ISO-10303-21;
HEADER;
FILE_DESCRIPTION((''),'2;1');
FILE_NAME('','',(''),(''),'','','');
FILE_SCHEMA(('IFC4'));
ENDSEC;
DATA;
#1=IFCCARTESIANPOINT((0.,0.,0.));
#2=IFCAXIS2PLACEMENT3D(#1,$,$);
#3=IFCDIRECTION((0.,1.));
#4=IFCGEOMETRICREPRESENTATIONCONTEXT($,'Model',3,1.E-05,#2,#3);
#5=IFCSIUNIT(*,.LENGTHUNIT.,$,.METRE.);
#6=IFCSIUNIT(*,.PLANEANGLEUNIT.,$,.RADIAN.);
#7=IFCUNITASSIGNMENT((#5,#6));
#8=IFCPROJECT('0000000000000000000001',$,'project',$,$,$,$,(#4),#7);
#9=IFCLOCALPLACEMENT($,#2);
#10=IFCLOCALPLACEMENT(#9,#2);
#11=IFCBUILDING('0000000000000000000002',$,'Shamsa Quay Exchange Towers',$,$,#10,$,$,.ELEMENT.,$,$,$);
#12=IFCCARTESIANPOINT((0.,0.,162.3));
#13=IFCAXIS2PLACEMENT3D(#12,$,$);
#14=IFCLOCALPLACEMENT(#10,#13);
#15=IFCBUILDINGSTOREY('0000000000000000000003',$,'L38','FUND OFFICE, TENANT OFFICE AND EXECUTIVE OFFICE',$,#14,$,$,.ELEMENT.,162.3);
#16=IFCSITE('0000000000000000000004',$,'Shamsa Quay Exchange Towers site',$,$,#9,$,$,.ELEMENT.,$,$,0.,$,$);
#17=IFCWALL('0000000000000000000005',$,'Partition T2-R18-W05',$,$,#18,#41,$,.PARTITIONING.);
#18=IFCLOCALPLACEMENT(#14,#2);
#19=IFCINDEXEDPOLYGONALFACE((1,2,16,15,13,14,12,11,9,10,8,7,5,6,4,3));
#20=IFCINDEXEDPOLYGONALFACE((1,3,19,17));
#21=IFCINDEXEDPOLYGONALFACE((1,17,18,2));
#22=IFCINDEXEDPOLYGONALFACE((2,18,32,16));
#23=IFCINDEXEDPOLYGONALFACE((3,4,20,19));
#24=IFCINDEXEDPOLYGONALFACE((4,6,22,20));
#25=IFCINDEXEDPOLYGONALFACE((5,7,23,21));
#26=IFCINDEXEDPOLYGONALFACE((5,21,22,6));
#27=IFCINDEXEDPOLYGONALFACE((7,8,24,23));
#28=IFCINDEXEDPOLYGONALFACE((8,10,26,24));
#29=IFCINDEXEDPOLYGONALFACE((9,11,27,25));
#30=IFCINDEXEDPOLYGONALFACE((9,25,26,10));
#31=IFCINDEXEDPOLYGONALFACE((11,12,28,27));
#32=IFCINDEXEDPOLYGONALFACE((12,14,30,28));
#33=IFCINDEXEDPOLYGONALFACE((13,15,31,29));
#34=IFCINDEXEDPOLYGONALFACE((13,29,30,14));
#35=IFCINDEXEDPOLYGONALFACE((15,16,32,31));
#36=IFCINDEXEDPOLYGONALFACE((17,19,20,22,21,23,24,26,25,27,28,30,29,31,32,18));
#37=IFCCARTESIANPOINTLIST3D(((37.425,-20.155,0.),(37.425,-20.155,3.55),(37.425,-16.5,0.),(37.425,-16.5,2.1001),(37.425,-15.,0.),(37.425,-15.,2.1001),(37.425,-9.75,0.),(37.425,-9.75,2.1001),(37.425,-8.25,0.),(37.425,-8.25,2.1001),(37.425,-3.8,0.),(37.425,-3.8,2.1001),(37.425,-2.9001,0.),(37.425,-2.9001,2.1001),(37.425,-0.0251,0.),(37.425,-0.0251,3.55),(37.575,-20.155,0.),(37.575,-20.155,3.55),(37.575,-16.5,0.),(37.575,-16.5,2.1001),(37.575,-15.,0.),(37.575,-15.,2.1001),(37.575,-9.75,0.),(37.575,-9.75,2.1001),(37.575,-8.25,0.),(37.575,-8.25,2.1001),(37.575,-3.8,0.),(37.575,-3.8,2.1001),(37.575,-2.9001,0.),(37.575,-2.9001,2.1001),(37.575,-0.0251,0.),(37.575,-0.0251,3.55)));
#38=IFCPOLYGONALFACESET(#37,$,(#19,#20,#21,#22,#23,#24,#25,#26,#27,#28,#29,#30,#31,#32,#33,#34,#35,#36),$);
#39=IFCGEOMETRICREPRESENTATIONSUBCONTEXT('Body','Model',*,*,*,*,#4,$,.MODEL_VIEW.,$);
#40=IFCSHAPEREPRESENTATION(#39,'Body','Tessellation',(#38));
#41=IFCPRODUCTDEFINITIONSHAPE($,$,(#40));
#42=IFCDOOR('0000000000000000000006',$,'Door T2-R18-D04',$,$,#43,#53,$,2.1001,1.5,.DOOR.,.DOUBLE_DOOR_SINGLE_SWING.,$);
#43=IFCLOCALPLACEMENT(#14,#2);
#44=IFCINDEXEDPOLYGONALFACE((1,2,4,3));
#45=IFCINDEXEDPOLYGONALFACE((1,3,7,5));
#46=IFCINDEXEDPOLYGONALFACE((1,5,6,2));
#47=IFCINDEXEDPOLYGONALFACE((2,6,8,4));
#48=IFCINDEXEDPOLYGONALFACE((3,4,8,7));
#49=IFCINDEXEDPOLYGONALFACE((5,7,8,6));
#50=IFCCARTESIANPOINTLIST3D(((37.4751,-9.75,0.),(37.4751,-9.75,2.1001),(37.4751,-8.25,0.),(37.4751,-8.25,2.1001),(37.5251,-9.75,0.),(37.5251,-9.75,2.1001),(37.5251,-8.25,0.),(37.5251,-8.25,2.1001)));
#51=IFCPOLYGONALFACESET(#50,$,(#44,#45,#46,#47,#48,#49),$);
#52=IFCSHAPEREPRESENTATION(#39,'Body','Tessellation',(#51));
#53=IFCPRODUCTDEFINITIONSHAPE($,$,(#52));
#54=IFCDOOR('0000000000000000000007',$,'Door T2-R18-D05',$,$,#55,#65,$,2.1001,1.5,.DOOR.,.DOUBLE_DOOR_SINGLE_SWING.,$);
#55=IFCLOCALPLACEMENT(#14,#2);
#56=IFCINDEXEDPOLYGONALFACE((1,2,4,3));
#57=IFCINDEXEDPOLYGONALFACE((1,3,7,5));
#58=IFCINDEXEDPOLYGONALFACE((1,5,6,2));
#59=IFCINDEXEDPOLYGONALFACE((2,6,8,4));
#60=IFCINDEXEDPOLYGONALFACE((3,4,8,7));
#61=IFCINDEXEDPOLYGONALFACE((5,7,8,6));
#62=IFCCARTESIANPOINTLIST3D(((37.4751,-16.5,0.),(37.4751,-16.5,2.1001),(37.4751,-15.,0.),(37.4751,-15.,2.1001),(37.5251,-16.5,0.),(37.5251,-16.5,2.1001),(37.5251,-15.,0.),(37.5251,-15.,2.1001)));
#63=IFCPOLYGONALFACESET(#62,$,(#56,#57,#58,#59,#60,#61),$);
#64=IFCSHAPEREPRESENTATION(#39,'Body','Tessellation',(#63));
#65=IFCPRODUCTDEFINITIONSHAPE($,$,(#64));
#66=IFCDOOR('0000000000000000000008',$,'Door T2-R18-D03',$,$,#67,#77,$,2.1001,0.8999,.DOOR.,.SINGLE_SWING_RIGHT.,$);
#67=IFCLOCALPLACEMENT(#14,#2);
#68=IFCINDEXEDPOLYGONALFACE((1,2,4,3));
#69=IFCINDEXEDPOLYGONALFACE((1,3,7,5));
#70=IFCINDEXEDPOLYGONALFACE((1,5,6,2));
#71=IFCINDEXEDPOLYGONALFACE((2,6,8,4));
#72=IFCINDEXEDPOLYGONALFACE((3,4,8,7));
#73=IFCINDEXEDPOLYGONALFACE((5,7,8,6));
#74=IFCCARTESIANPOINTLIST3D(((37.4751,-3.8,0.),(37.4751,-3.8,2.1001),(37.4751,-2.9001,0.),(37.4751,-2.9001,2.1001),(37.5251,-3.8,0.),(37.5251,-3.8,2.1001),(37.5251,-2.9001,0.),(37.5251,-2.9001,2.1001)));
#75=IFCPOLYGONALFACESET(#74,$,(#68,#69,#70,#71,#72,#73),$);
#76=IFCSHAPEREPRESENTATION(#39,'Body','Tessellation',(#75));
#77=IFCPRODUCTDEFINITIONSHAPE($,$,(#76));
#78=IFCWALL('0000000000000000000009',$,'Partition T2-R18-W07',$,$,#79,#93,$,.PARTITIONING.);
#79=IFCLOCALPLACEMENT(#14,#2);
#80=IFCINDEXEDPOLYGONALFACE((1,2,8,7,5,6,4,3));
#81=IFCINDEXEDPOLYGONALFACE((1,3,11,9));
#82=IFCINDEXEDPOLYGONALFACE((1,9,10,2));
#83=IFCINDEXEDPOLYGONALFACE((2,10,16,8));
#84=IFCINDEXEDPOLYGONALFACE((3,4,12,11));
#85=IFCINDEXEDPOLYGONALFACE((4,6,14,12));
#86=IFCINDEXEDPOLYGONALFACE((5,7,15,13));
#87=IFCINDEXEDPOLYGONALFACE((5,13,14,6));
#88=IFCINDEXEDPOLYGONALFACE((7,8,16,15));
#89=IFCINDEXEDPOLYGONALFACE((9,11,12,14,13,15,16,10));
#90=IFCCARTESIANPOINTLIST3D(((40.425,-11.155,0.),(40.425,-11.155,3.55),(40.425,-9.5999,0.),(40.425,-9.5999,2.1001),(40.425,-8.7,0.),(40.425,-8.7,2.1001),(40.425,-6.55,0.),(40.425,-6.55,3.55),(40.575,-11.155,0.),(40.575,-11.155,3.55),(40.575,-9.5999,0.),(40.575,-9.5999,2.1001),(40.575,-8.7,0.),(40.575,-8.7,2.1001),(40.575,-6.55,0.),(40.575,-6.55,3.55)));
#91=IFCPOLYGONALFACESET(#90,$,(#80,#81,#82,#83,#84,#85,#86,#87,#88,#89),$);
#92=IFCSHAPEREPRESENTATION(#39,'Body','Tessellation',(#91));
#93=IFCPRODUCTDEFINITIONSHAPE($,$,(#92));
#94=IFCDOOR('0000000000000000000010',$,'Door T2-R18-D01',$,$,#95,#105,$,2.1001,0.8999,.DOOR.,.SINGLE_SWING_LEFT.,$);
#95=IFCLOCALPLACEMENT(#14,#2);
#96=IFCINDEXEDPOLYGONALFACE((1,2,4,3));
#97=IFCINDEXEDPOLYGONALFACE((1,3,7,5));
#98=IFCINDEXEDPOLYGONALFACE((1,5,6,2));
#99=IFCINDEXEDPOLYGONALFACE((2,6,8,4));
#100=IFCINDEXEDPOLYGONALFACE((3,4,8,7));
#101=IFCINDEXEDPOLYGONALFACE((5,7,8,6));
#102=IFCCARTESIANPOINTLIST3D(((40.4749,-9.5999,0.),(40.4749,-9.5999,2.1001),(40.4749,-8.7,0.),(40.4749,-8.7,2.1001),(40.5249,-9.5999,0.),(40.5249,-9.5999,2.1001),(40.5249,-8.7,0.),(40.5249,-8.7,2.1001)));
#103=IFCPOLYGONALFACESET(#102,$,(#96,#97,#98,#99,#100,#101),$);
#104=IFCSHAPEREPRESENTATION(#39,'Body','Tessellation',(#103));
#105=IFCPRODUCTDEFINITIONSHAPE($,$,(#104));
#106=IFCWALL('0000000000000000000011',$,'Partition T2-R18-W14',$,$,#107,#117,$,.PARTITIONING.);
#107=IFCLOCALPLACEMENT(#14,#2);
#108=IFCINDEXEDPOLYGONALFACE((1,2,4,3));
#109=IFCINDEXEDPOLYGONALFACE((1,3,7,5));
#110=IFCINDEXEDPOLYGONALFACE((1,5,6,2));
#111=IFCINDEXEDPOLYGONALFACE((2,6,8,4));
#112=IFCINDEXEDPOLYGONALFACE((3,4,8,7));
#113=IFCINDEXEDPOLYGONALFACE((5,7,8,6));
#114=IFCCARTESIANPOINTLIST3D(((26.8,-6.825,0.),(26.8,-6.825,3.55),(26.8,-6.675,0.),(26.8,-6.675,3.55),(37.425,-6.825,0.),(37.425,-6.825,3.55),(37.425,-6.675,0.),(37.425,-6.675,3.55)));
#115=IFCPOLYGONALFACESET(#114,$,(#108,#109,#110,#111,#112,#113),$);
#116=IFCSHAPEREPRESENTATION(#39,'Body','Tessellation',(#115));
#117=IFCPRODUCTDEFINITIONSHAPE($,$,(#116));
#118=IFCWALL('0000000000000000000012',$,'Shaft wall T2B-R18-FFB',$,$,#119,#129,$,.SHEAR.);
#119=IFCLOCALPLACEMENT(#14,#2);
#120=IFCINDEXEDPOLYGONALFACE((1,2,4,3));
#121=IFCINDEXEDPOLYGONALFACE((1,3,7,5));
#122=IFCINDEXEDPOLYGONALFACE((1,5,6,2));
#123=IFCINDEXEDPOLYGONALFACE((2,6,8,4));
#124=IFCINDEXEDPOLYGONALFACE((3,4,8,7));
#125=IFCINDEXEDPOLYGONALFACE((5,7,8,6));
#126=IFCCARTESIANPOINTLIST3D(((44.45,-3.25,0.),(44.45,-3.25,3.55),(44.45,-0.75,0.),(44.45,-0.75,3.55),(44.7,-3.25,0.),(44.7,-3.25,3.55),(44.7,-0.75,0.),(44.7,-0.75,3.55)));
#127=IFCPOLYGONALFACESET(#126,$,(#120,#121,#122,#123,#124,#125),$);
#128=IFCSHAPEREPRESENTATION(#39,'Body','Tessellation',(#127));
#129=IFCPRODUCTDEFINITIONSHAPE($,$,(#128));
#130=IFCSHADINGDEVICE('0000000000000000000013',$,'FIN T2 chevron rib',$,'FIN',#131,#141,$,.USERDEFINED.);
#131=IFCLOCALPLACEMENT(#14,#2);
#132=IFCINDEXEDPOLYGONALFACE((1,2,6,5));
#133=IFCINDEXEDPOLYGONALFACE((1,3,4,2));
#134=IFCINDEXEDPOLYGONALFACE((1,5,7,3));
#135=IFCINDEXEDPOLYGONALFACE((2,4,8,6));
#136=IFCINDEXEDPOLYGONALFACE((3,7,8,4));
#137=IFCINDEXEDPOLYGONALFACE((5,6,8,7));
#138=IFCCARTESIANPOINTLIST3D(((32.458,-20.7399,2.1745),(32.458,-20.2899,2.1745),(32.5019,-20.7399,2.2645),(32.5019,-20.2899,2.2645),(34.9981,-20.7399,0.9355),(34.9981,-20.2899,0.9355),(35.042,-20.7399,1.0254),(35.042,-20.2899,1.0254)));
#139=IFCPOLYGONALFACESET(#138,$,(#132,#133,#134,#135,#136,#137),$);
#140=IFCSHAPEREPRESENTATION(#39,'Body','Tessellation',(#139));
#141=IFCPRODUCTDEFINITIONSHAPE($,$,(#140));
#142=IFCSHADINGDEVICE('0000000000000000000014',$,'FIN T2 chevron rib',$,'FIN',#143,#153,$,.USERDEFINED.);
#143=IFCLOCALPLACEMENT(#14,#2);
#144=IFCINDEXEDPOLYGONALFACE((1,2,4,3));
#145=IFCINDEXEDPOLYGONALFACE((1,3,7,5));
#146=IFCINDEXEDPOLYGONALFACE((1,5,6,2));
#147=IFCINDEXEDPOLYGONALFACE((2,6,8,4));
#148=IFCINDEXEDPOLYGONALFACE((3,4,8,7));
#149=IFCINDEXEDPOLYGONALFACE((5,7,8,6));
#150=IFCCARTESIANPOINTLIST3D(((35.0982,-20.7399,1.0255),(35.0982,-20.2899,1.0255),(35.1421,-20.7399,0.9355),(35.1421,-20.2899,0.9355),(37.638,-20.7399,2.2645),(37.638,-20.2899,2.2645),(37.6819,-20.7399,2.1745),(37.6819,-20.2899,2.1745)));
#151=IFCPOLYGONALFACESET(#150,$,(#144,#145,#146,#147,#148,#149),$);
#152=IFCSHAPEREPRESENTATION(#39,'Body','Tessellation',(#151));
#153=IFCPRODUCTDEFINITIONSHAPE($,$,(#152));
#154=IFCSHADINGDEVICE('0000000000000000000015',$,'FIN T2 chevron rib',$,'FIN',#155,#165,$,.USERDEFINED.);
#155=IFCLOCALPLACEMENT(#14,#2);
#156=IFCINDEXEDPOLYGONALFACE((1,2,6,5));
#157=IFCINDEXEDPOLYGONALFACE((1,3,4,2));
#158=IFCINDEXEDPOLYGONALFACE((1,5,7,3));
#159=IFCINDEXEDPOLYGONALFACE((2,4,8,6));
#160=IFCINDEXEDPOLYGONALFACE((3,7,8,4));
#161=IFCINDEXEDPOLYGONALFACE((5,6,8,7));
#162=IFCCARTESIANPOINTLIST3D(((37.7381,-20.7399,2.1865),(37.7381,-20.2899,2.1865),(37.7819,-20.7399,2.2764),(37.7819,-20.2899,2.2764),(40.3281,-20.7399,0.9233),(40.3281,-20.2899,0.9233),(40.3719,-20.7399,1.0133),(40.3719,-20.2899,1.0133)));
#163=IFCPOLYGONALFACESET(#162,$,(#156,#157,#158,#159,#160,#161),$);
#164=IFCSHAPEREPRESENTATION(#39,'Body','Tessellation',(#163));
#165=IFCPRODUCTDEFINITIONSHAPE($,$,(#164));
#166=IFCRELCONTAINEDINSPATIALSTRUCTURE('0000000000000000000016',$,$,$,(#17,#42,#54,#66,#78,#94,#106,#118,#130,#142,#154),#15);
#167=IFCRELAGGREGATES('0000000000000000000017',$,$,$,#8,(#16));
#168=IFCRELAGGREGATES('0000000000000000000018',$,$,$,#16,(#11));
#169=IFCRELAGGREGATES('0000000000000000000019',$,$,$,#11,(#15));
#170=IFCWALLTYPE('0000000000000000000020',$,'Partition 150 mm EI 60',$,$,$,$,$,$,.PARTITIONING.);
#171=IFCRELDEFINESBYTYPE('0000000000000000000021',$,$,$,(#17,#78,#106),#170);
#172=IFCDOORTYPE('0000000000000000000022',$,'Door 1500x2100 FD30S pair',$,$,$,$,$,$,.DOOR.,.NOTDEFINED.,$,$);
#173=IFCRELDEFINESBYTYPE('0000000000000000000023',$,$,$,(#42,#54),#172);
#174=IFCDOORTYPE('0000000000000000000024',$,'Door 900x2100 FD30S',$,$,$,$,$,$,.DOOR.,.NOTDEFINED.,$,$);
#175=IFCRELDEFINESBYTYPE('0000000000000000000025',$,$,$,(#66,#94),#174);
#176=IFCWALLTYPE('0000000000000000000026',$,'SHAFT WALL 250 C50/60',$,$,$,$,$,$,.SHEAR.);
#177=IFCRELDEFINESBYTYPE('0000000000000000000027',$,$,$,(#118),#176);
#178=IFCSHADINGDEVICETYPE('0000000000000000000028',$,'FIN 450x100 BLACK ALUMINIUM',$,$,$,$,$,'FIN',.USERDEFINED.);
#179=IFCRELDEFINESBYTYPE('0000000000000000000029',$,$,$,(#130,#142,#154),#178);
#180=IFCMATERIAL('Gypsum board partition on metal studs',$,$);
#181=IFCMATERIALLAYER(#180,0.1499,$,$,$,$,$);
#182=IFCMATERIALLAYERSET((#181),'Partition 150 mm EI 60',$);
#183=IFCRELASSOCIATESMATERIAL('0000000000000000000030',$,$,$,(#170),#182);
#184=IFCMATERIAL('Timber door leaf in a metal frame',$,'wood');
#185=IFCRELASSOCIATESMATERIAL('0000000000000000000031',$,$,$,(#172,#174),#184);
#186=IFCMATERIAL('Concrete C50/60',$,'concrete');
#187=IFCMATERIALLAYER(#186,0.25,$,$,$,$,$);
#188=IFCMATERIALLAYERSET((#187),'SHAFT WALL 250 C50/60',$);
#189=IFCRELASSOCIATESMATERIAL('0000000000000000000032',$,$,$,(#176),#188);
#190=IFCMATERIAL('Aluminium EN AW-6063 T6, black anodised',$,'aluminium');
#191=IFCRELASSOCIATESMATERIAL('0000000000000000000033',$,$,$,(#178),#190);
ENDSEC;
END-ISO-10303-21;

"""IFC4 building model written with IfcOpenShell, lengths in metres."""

from ifc_helpers import new_model, si_unit, direction, frame, frame_2d, origin, origin_2d, place, context, subcontext, project, spatial, rectangle, extrude, material, layer, layer_set, material_profile, profile_set, type_object, element, fill, save


model = new_model("IFC4")

# Units and contexts
model_context = context("Model", 3, precision=1e-05, world=origin(), true_north=direction((0.0, 1.0)))
body_context = subcontext(model_context, "Body", "Model", "MODEL_VIEW")
ifc_project = project(units=[si_unit("LENGTHUNIT", "METRE"), si_unit("PLANEANGLEUNIT", "RADIAN")], contexts=[model_context])

# Site, building, storey
site_placement = place(None, origin())
site = spatial("IfcSite", under=ifc_project, at=site_placement, Name="Shamsa Quay Exchange Towers site", CompositionType="ELEMENT", RefElevation=0.0)
building_placement = place(site_placement, origin())
building = spatial("IfcBuilding", under=site, at=building_placement, Name="Shamsa Quay Exchange Towers", CompositionType="ELEMENT")
storey_placement = place(building_placement, frame((0.0, 0.0, 162.3)))
storey = spatial("IfcBuildingStorey", under=building, at=storey_placement, Name="L38", Description="FUND OFFICE, TENANT OFFICE AND EXECUTIVE OFFICE", CompositionType="ELEMENT", Elevation=162.3)

# Shared definitions
ifc_material_1 = material(Name="Aluminium EN AW-6063 T6, black anodised", Category="aluminium")

# Wall, openings, doors
ifc_material_2 = material(Name="Gypsum board partition on metal studs")
ifc_layer_1 = layer(ifc_material_2, 0.1499)
ifc_layer_set_1 = layer_set([ifc_layer_1], Name="Partition 150 mm EI 60")
wall_type_1 = type_object("IfcWallType", Name="Partition 150 mm EI 60", PredefinedType="PARTITIONING", material=ifc_layer_set_1)
wall_1_placement = place(storey_placement, frame((37.5, -20.155, 0.0), z_axis=(0.0, 0.0, 1.0), x_axis=(0.0, 1.0, 0.0)))
wall_1 = element("IfcWall", 1, at=wall_1_placement, inside=storey, type_object=wall_type_1, Name="Partition T2-R18-W05", PredefinedType="PARTITIONING", context=body_context, shape_type="SweptSolid", body=[
    extrude(rectangle(XDim=20.1299, YDim=0.1499, at=frame_2d((10.0649, 0.0))), origin(), (0.0, 0.0, 1.0), 3.55),
])
opening_1_placement = place(wall_1_placement, frame((16.355, 0.0, 0.0)))
opening_1 = element("IfcOpeningElement", 2, at=opening_1_placement, cuts=wall_1, PredefinedType="OPENING", context=body_context, shape_type="SweptSolid", body=[
    extrude(rectangle(XDim=0.8999, YDim=2.1001, at=frame_2d((0.45, 1.05))), frame((0.0, 0.085, 0.0), z_axis=(0.0, -1.0, 0.0), x_axis=(1.0, 0.0, 0.0)), (0.0, 0.0, 1.0), 0.1699),
])
opening_2_placement = place(wall_1_placement, frame((10.405, 0.0, 0.0)))
opening_2 = element("IfcOpeningElement", 3, at=opening_2_placement, cuts=wall_1, PredefinedType="OPENING", context=body_context, shape_type="SweptSolid", body=[
    extrude(rectangle(XDim=1.5, YDim=2.1001, at=frame_2d((0.75, 1.05))), frame((0.0, 0.085, 0.0), z_axis=(0.0, -1.0, 0.0), x_axis=(1.0, 0.0, 0.0)), (0.0, 0.0, 1.0), 0.1699),
])
opening_3_placement = place(wall_1_placement, frame((3.655, 0.0, 0.0)))
opening_3 = element("IfcOpeningElement", 4, at=opening_3_placement, cuts=wall_1, PredefinedType="OPENING", context=body_context, shape_type="SweptSolid", body=[
    extrude(rectangle(XDim=1.5, YDim=2.1001, at=frame_2d((0.75, 1.05))), frame((0.0, 0.085, 0.0), z_axis=(0.0, -1.0, 0.0), x_axis=(1.0, 0.0, 0.0)), (0.0, 0.0, 1.0), 0.1699),
])
ifc_material_3 = material(Name="Timber door leaf in a metal frame", Category="wood")
door_type_1 = type_object("IfcDoorType", Name="Door 1500x2100 FD30S pair", OperationType="NOTDEFINED", PredefinedType="DOOR", material=ifc_material_3)
door_1_placement = place(opening_2_placement, origin())
door_1 = element("IfcDoor", 5, at=door_1_placement, inside=storey, type_object=door_type_1, Name="Door T2-R18-D04", OperationType="DOUBLE_DOOR_SINGLE_SWING", OverallHeight=2.1001, OverallWidth=1.5, PredefinedType="DOOR", context=body_context, shape_type="SweptSolid", body=[
    extrude(rectangle(XDim=1.5, YDim=2.1001, at=frame_2d((0.75, 1.05))), frame((0.0, 0.0249, 0.0), z_axis=(0.0, -1.0, 0.0), x_axis=(1.0, 0.0, 0.0)), (0.0, 0.0, 1.0), 0.05),
])
fill(opening_2, door_1)
door_2_placement = place(opening_3_placement, origin())
door_2 = element("IfcDoor", 6, at=door_2_placement, inside=storey, type_object=door_type_1, Name="Door T2-R18-D05", OperationType="DOUBLE_DOOR_SINGLE_SWING", OverallHeight=2.1001, OverallWidth=1.5, PredefinedType="DOOR", context=body_context, shape_type="SweptSolid", body=[
    extrude(rectangle(XDim=1.5, YDim=2.1001, at=frame_2d((0.75, 1.05))), frame((0.0, 0.0249, 0.0), z_axis=(0.0, -1.0, 0.0), x_axis=(1.0, 0.0, 0.0)), (0.0, 0.0, 1.0), 0.05),
])
fill(opening_3, door_2)
door_type_2 = type_object("IfcDoorType", Name="Door 900x2100 FD30S", OperationType="NOTDEFINED", PredefinedType="DOOR", material=ifc_material_3)
door_3_placement = place(opening_1_placement, origin())
door_3 = element("IfcDoor", 7, at=door_3_placement, inside=storey, type_object=door_type_2, Name="Door T2-R18-D03", OperationType="SINGLE_SWING_RIGHT", OverallHeight=2.1001, OverallWidth=0.8999, PredefinedType="DOOR", context=body_context, shape_type="SweptSolid", body=[
    extrude(rectangle(XDim=0.8999, YDim=2.1001, at=frame_2d((0.45, 1.05))), frame((0.0, 0.0249, 0.0), z_axis=(0.0, -1.0, 0.0), x_axis=(1.0, 0.0, 0.0)), (0.0, 0.0, 1.0), 0.05),
])
fill(opening_1, door_3)

# Wall, opening, door
wall_2_placement = place(storey_placement, frame((40.5, -6.55, 0.0), z_axis=(0.0, 0.0, 1.0), x_axis=(0.0, -1.0, 0.0)))
wall_2 = element("IfcWall", 8, at=wall_2_placement, inside=storey, type_object=wall_type_1, Name="Partition T2-R18-W07", PredefinedType="PARTITIONING", context=body_context, shape_type="SweptSolid", body=[
    extrude(rectangle(XDim=4.605, YDim=0.1499, at=frame_2d((2.3025, 0.0))), origin(), (0.0, 0.0, 1.0), 3.55),
])
opening_4_placement = place(wall_2_placement, frame((2.1499, 0.0, 0.0)))
opening_4 = element("IfcOpeningElement", 9, at=opening_4_placement, cuts=wall_2, PredefinedType="OPENING", context=body_context, shape_type="SweptSolid", body=[
    extrude(rectangle(XDim=0.8999, YDim=2.1001, at=frame_2d((0.45, 1.05))), frame((0.0, 0.085, 0.0), z_axis=(0.0, -1.0, 0.0), x_axis=(1.0, 0.0, 0.0)), (0.0, 0.0, 1.0), 0.1699),
])
door_4_placement = place(opening_4_placement, origin())
door_4 = element("IfcDoor", 10, at=door_4_placement, inside=storey, type_object=door_type_2, Name="Door T2-R18-D01", OperationType="SINGLE_SWING_LEFT", OverallHeight=2.1001, OverallWidth=0.8999, PredefinedType="DOOR", context=body_context, shape_type="SweptSolid", body=[
    extrude(rectangle(XDim=0.8999, YDim=2.1001, at=frame_2d((0.45, 1.05))), frame((0.0, 0.0249, 0.0), z_axis=(0.0, -1.0, 0.0), x_axis=(1.0, 0.0, 0.0)), (0.0, 0.0, 1.0), 0.05),
])
fill(opening_4, door_4)

# Walls
wall_3_placement = place(storey_placement, frame((37.425, -6.75, 0.0), z_axis=(0.0, 0.0, 1.0), x_axis=(-1.0, 0.0, 0.0)))
element("IfcWall", 11, at=wall_3_placement, inside=storey, type_object=wall_type_1, Name="Partition T2-R18-W14", PredefinedType="PARTITIONING", context=body_context, shape_type="SweptSolid", body=[
    extrude(rectangle(XDim=10.625, YDim=0.1499, at=frame_2d((5.3125, 0.0))), origin(), (0.0, 0.0, 1.0), 3.55),
])
ifc_material_4 = material(Name="Concrete C50/60", Category="concrete")
ifc_layer_2 = layer(ifc_material_4, 0.25)
ifc_layer_set_2 = layer_set([ifc_layer_2], Name="SHAFT WALL 250 C50/60")
wall_type_2 = type_object("IfcWallType", Name="SHAFT WALL 250 C50/60", PredefinedType="SHEAR", material=ifc_layer_set_2)
wall_4_placement = place(storey_placement, frame((44.575, -3.25, 0.0), z_axis=(0.0, 0.0, 1.0), x_axis=(0.0, 1.0, 0.0)))
element("IfcWall", 12, at=wall_4_placement, inside=storey, type_object=wall_type_2, Name="Shaft wall T2B-R18-FFB", PredefinedType="SHEAR", context=body_context, shape_type="SweptSolid", body=[
    extrude(rectangle(XDim=2.5, YDim=0.25, at=frame_2d((1.25, 0.0))), origin(), (0.0, 0.0, 1.0), 3.55),
])

# Shading devices
ifc_material_profile_1 = material_profile(ifc_material_1, rectangle(XDim=0.45, YDim=0.1001, at=origin_2d()), Name="FIN450x100")
ifc_profile_set_1 = profile_set([ifc_material_profile_1], Name="Aluminium EN AW-6063 T6, black anodised")
shading_device_type = type_object("IfcShadingDeviceType", Name="FIN 450x100 BLACK ALUMINIUM", ElementType="FIN", PredefinedType="USERDEFINED", material=ifc_profile_set_1)
shading_device_1_placement = place(storey_placement, frame((32.48, -20.5149, 2.2195), z_axis=(0.898773, 0.0, -0.438415), x_axis=(0.0, 1.0, 0.0)))
element("IfcShadingDevice", 13, at=shading_device_1_placement, inside=storey, type_object=shading_device_type, Name="FIN T2 chevron rib", ObjectType="FIN", PredefinedType="USERDEFINED", context=body_context, shape_type="SweptSolid", body=[
    extrude(rectangle(XDim=0.45, YDim=0.1001, at=origin_2d()), origin(), (0.0, 0.0, 1.0), 2.8262),
])
shading_device_2_placement = place(storey_placement, frame((35.1201, -20.5149, 0.9805), z_axis=(0.898756, 0.0, 0.438449), x_axis=(0.0, 1.0, 0.0)))
element("IfcShadingDevice", 14, at=shading_device_2_placement, inside=storey, type_object=shading_device_type, Name="FIN T2 chevron rib", ObjectType="FIN", PredefinedType="USERDEFINED", context=body_context, shape_type="SweptSolid", body=[
    extrude(rectangle(XDim=0.45, YDim=0.1001, at=origin_2d()), origin(), (0.0, 0.0, 1.0), 2.8259),
])
shading_device_3_placement = place(storey_placement, frame((37.76, -20.5149, 2.2314), z_axis=(0.898806, 0.0, -0.438347), x_axis=(0.0, 1.0, 0.0)))
element("IfcShadingDevice", 15, at=shading_device_3_placement, inside=storey, type_object=shading_device_type, Name="FIN T2 chevron rib", ObjectType="FIN", PredefinedType="USERDEFINED", context=body_context, shape_type="SweptSolid", body=[
    extrude(rectangle(XDim=0.45, YDim=0.1001, at=origin_2d()), origin(), (0.0, 0.0, 1.0), 2.8816),
])

save(model, "model.ifc")
